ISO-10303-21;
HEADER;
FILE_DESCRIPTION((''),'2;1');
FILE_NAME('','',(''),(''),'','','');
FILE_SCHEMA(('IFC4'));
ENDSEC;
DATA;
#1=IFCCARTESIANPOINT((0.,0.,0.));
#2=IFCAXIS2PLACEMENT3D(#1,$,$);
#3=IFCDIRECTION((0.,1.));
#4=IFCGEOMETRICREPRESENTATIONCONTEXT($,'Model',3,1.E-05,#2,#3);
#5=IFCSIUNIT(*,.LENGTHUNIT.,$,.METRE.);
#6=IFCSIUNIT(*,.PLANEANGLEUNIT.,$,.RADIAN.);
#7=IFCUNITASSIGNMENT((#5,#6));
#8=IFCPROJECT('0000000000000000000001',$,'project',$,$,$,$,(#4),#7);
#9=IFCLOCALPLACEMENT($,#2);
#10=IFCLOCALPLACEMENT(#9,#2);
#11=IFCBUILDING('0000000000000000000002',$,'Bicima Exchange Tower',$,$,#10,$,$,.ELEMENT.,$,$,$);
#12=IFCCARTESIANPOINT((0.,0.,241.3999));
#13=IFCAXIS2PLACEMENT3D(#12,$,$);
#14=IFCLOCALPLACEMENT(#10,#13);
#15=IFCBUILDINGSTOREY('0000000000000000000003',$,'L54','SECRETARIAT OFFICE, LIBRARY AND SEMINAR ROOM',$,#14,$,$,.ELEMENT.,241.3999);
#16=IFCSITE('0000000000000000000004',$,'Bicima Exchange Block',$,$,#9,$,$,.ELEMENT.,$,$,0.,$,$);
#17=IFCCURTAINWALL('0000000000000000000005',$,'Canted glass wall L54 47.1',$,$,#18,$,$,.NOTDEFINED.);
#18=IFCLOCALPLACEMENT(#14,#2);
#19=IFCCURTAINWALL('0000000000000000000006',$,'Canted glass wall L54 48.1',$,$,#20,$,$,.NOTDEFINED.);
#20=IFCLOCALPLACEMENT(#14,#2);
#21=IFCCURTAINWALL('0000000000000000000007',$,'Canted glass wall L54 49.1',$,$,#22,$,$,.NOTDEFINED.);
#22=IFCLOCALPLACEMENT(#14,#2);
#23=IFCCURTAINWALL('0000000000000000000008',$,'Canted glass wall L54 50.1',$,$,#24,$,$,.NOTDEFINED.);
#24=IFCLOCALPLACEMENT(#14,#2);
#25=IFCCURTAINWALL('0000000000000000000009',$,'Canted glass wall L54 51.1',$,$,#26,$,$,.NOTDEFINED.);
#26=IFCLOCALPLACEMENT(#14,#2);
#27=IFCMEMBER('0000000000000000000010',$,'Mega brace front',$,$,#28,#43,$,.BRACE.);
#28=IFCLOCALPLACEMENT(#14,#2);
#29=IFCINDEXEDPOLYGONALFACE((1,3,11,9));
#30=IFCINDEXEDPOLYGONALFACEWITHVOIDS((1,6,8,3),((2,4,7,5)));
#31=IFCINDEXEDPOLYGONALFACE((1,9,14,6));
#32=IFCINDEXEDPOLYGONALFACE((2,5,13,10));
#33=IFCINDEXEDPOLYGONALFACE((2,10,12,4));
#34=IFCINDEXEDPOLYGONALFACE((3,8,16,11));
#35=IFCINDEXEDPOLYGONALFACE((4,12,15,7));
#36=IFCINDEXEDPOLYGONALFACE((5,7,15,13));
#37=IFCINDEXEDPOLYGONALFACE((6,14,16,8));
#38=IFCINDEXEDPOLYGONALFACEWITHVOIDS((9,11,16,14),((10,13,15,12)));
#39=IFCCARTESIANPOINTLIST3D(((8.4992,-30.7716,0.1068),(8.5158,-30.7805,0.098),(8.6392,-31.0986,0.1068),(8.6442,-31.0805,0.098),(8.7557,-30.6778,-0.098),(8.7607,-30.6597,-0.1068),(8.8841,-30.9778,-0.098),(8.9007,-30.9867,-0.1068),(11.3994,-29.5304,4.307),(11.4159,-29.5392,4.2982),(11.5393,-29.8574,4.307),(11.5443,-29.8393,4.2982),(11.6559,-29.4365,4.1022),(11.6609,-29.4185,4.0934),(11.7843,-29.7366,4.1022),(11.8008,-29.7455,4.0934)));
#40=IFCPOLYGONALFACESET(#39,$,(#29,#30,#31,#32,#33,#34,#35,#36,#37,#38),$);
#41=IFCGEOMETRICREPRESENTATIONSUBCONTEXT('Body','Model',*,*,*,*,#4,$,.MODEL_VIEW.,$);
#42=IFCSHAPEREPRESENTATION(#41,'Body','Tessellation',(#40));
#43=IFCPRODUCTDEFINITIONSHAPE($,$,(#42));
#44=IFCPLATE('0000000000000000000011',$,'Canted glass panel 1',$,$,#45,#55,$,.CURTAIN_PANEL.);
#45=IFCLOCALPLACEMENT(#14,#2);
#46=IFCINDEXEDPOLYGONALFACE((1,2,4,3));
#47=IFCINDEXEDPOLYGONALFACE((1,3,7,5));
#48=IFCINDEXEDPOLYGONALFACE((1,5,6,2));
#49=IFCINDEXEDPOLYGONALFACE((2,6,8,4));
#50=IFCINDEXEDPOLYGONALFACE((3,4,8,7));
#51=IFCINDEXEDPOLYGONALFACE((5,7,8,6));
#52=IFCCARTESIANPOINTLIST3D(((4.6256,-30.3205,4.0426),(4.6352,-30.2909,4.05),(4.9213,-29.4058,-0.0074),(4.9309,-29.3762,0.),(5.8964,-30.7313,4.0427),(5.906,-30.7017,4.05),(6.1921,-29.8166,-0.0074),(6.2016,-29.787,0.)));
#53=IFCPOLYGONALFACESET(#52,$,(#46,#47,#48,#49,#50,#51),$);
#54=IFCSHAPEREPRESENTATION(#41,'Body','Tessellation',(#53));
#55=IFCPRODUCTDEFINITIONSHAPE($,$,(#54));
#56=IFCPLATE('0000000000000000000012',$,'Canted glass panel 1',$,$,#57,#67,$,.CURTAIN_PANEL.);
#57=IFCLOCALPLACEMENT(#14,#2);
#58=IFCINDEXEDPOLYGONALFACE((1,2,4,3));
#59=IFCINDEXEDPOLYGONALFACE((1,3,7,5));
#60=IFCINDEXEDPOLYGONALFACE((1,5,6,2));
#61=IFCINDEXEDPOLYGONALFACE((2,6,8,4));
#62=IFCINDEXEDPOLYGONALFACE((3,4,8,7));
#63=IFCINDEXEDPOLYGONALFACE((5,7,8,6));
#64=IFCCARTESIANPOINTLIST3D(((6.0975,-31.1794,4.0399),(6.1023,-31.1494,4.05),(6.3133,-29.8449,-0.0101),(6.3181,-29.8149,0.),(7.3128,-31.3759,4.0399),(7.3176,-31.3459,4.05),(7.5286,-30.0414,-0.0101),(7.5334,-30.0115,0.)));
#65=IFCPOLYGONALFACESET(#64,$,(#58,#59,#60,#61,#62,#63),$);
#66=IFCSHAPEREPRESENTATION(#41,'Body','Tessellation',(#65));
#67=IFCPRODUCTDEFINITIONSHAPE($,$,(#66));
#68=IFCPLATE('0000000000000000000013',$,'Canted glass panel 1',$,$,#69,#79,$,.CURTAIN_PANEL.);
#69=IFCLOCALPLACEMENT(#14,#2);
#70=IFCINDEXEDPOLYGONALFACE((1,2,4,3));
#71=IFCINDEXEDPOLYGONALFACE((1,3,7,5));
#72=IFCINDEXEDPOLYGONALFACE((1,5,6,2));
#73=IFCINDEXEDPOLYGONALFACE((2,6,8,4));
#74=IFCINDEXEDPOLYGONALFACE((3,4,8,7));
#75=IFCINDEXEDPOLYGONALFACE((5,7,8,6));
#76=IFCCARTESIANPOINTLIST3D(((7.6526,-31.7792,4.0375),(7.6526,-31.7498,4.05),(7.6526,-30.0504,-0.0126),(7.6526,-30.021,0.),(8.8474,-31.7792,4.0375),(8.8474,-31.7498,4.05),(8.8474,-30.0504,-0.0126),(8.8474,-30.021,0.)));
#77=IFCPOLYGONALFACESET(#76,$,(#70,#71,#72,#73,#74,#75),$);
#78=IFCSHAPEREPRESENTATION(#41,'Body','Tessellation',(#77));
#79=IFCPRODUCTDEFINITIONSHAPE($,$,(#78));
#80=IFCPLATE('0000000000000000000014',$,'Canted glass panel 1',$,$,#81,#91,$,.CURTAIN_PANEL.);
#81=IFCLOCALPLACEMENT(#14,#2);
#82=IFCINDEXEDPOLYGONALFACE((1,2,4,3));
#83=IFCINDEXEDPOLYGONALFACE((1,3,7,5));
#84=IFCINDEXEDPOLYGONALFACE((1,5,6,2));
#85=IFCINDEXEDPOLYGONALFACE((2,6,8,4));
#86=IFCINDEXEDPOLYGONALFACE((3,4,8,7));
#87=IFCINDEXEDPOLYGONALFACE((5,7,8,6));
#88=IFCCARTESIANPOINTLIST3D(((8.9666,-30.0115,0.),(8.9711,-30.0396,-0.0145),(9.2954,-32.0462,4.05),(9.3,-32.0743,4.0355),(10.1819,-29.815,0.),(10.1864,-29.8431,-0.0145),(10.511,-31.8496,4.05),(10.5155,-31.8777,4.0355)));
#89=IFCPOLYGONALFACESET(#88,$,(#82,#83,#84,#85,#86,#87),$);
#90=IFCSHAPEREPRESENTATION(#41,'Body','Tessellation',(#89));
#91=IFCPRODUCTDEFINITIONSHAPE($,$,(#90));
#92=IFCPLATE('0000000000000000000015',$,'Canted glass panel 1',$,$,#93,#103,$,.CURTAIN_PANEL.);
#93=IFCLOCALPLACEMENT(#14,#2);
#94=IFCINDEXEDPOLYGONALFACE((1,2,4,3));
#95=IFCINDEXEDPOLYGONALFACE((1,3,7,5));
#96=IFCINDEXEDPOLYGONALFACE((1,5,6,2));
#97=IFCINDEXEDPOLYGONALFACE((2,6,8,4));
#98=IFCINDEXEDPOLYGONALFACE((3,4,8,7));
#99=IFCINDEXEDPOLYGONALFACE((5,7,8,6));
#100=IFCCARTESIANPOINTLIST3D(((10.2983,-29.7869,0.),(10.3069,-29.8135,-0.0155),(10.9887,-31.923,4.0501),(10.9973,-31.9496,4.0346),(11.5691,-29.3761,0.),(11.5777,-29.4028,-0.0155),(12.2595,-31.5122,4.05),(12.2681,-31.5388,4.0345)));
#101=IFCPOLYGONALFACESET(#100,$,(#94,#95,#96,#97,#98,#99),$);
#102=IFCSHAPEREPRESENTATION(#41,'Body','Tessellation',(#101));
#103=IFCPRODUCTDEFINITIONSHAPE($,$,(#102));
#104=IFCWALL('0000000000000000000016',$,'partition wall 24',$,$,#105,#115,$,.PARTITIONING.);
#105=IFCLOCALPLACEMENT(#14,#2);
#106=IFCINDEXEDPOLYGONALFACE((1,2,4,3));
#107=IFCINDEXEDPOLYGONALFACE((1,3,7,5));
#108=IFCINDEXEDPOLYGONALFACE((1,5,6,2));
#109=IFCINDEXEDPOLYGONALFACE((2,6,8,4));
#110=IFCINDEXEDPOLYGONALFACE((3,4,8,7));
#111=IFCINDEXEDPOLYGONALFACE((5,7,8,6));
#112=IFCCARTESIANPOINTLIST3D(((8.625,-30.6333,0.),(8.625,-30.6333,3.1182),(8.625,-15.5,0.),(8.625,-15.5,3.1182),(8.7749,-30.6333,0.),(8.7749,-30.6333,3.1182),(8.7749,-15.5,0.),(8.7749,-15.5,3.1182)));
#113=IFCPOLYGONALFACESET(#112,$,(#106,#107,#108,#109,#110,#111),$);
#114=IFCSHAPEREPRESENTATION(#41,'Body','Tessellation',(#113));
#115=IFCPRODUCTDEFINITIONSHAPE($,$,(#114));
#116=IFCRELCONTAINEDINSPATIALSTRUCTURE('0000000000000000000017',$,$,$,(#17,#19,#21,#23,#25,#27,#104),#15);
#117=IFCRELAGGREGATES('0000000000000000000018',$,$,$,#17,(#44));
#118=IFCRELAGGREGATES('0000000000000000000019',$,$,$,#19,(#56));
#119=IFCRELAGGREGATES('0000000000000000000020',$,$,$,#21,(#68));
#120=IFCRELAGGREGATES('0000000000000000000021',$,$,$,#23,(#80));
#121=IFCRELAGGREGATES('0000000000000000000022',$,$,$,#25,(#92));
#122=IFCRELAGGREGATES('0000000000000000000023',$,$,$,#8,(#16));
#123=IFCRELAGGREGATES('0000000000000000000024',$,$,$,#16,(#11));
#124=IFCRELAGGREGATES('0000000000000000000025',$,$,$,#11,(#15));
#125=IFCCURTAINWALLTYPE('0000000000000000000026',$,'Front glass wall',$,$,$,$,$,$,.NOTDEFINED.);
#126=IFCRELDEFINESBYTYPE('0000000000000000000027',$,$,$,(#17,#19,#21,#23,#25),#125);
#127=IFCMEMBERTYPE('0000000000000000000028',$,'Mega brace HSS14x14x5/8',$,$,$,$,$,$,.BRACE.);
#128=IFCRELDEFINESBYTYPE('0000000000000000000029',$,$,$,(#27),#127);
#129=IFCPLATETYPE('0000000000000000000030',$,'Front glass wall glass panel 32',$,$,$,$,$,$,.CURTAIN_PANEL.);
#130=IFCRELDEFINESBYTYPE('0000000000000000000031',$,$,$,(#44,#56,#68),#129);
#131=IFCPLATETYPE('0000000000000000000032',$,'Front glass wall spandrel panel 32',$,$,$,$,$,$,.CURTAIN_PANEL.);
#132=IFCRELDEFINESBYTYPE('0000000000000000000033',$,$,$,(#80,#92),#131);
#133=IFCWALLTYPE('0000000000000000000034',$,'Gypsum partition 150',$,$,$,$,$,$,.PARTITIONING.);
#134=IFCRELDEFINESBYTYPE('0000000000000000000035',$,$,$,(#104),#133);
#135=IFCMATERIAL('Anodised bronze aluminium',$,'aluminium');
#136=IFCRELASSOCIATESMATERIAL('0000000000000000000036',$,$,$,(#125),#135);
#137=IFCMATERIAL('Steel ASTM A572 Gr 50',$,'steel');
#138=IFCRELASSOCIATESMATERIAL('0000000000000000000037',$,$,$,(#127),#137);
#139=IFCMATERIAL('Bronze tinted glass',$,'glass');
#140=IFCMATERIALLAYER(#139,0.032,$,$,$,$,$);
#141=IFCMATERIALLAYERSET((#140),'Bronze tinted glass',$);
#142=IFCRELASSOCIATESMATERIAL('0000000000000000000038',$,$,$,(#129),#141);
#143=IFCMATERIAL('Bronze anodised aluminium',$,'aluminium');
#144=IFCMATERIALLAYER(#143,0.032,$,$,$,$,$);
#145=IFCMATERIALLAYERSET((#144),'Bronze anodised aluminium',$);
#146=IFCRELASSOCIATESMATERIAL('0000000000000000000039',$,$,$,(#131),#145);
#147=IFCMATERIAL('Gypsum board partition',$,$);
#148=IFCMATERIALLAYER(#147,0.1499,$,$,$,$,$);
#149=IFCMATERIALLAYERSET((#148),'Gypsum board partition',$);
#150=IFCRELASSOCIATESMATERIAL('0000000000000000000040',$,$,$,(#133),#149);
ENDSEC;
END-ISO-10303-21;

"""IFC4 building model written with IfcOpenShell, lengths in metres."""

from ifc_helpers import new_model, si_unit, direction, frame, frame_2d, origin, origin_2d, place, context, subcontext, project, spatial, polyline, rectangle, hollow_rectangle, outline, extrude, material, layer, layer_set, material_profile, profile_set, type_object, element, aggregate, save


model = new_model("IFC4")

# Units and contexts
model_context = context("Model", 3, precision=1e-05, world=origin(), true_north=direction((0.0, 1.0)))
body_context = subcontext(model_context, "Body", "Model", "MODEL_VIEW")
ifc_project = project(units=[si_unit("LENGTHUNIT", "METRE"), si_unit("PLANEANGLEUNIT", "RADIAN")], contexts=[model_context])

# Site, building, storey
site_placement = place(None, origin())
site = spatial("IfcSite", under=ifc_project, at=site_placement, Name="Bicima Exchange Block", CompositionType="ELEMENT", RefElevation=0.0)
building_placement = place(site_placement, origin())
building = spatial("IfcBuilding", under=site, at=building_placement, Name="Bicima Exchange Tower", CompositionType="ELEMENT")
storey_placement = place(building_placement, frame((0.0, 0.0, 241.3999)))
storey = spatial("IfcBuildingStorey", under=building, at=storey_placement, Name="L54", Description="SECRETARIAT OFFICE, LIBRARY AND SEMINAR ROOM", CompositionType="ELEMENT", Elevation=241.3999)

# Shared definitions
ifc_material_1 = material(Name="Anodised bronze aluminium", Category="aluminium")
curtain_wall_type = type_object("IfcCurtainWallType", Name="Front glass wall", PredefinedType="NOTDEFINED", material=ifc_material_1)

# Curtain walls
curtain_wall_1_placement = place(storey_placement, origin())
curtain_wall_1 = element("IfcCurtainWall", 1, at=curtain_wall_1_placement, inside=storey, type_object=curtain_wall_type, Name="Canted glass wall L54 47.1", PredefinedType="NOTDEFINED")
curtain_wall_2_placement = place(storey_placement, origin())
curtain_wall_2 = element("IfcCurtainWall", 2, at=curtain_wall_2_placement, inside=storey, type_object=curtain_wall_type, Name="Canted glass wall L54 48.1", PredefinedType="NOTDEFINED")
curtain_wall_3_placement = place(storey_placement, origin())
curtain_wall_3 = element("IfcCurtainWall", 3, at=curtain_wall_3_placement, inside=storey, type_object=curtain_wall_type, Name="Canted glass wall L54 49.1", PredefinedType="NOTDEFINED")
curtain_wall_4_placement = place(storey_placement, origin())
curtain_wall_4 = element("IfcCurtainWall", 4, at=curtain_wall_4_placement, inside=storey, type_object=curtain_wall_type, Name="Canted glass wall L54 50.1", PredefinedType="NOTDEFINED")
curtain_wall_5_placement = place(storey_placement, origin())
curtain_wall_5 = element("IfcCurtainWall", 5, at=curtain_wall_5_placement, inside=storey, type_object=curtain_wall_type, Name="Canted glass wall L54 51.1", PredefinedType="NOTDEFINED")

# Member
ifc_material_2 = material(Name="Steel ASTM A572 Gr 50", Category="steel")
ifc_material_profile_1 = material_profile(ifc_material_2, hollow_rectangle(XDim=0.3557, YDim=0.3557, WallThickness=0.0146, at=origin_2d()))
ifc_profile_set_1 = profile_set([ifc_material_profile_1], Name="Steel ASTM A572 Gr 50")
member_type_1 = type_object("IfcMemberType", Name="Mega brace HSS14x14x5/8", PredefinedType="BRACE", material=ifc_profile_set_1)
member_1_placement = place(storey_placement, frame((8.7, -30.8792, 0.0), z_axis=(0.552103, 0.23629, 0.799594), x_axis=(-0.393462, 0.919341, 0.0)))
element("IfcMember", 6, at=member_1_placement, inside=storey, type_object=member_type_1, Name="Mega brace front", PredefinedType="BRACE", context=body_context, shape_type="SweptSolid", body=[
    extrude(hollow_rectangle(XDim=0.3557, YDim=0.3557, WallThickness=0.0146, at=origin_2d()), origin(), (0.0, 0.0, 1.0), 5.2529),
])

# Plates
ifc_material_3 = material(Name="Bronze tinted glass", Category="glass")
ifc_layer_1 = layer(ifc_material_3, 0.032)
ifc_layer_set_1 = layer_set([ifc_layer_1], Name="Bronze tinted glass")
plate_type_1 = type_object("IfcPlateType", Name="Front glass wall glass panel 32", PredefinedType="CURTAIN_PANEL", material=ifc_layer_set_1)
plate_1_placement = place(storey_placement, frame((4.9309, -29.3762, 0.0), z_axis=(0.299263, 0.925803, 0.230932), x_axis=(0.951525, -0.307572, -0.00002)))
plate_1 = element("IfcPlate", 7, at=plate_1_placement, type_object=plate_type_1, Name="Canted glass panel 1", PredefinedType="CURTAIN_PANEL", context=body_context, shape_type="SweptSolid", body=[
    extrude(outline(polyline([(0.0, 0.0), (1.3355, 0.0), (1.3354, -4.1626), (-0.0001, -4.1625), (0.0, 0.0)])), origin(), (0.0, 0.0, -1.0), 0.032),
])
aggregate(curtain_wall_1, [plate_1])
plate_2_placement = place(storey_placement, frame((6.3181, -29.8149, 0.0), z_axis=(0.151425, 0.936392, 0.316606), x_axis=(0.987176, -0.159638, 0.0)))
plate_2 = element("IfcPlate", 8, at=plate_2_placement, type_object=plate_type_1, Name="Canted glass panel 1", PredefinedType="CURTAIN_PANEL", context=body_context, shape_type="SweptSolid", body=[
    extrude(outline(polyline([(0.0, 0.0), (1.2311, 0.0), (1.2311, -4.2697), (0.0, -4.2697), (0.0, 0.0)])), origin(), (0.0, 0.0, -1.0), 0.032),
])
aggregate(curtain_wall_2, [plate_2])
plate_3_placement = place(storey_placement, frame((7.6526, -30.021, 0.0), z_axis=(0.0, 0.919718, 0.392581), x_axis=(1.0, 0.0, 0.0)))
plate_3 = element("IfcPlate", 9, at=plate_3_placement, type_object=plate_type_1, Name="Canted glass panel 1", PredefinedType="CURTAIN_PANEL", context=body_context, shape_type="SweptSolid", body=[
    extrude(outline(polyline([(0.0, 0.0), (1.1948, 0.0), (1.1948, -4.4036), (0.0, -4.4036), (0.0, 0.0)])), origin(), (0.0, 0.0, -1.0), 0.032),
])
aggregate(curtain_wall_3, [plate_3])
ifc_material_4 = material(Name="Bronze anodised aluminium", Category="aluminium")
ifc_layer_2 = layer(ifc_material_4, 0.032)
ifc_layer_set_2 = layer_set([ifc_layer_2], Name="Bronze anodised aluminium")
plate_type_2 = type_object("IfcPlateType", Name="Front glass wall spandrel panel 32", PredefinedType="CURTAIN_PANEL", material=ifc_layer_set_2)
plate_4_placement = place(storey_placement, frame((8.9666, -30.0115, 0.0), z_axis=(-0.14226, 0.879803, 0.453552), x_axis=(0.987178, 0.159625, -0.000006)))
plate_4 = element("IfcPlate", 10, at=plate_4_placement, type_object=plate_type_2, Name="Canted glass panel 1", PredefinedType="CURTAIN_PANEL", context=body_context, shape_type="SweptSolid", body=[
    extrude(outline(polyline([(0.0, 0.0), (1.2311, 0.0), (1.2312, -4.5443), (-0.0002, -4.5443), (0.0, 0.0)])), origin(), (0.0, 0.0, -1.0), 0.032),
])
aggregate(curtain_wall_4, [plate_4])
plate_5_placement = place(storey_placement, frame((10.2983, -29.7869, 0.0), z_axis=(-0.269015, 0.832226, 0.484799), x_axis=(0.95153, 0.307557, 0.000037)))
plate_5 = element("IfcPlate", 11, at=plate_5_placement, type_object=plate_type_2, Name="Canted glass panel 1", PredefinedType="CURTAIN_PANEL", context=body_context, shape_type="SweptSolid", body=[
    extrude(outline(polyline([(0.0, 0.0), (1.3355, 0.0), (1.3356, -4.6306), (0.0001, -4.6307), (0.0, 0.0)])), origin(), (0.0, 0.0, -1.0), 0.032),
])
aggregate(curtain_wall_5, [plate_5])

# Wall
ifc_material_5 = material(Name="Gypsum board partition")
ifc_layer_3 = layer(ifc_material_5, 0.1499)
ifc_layer_set_3 = layer_set([ifc_layer_3], Name="Gypsum board partition")
wall_type = type_object("IfcWallType", Name="Gypsum partition 150", PredefinedType="PARTITIONING", material=ifc_layer_set_3)
wall_placement = place(storey_placement, frame((8.7, -30.6333, 0.0), z_axis=(0.0, 0.0, 1.0), x_axis=(0.0, 1.0, 0.0)))
element("IfcWall", 12, at=wall_placement, inside=storey, type_object=wall_type, Name="partition wall 24", PredefinedType="PARTITIONING", context=body_context, shape_type="SweptSolid", body=[
    extrude(rectangle(XDim=15.1333, YDim=0.1499, at=frame_2d((7.5667, 0.0))), origin(), (0.0, 0.0, 1.0), 3.1182),
])

save(model, "model.ifc")
